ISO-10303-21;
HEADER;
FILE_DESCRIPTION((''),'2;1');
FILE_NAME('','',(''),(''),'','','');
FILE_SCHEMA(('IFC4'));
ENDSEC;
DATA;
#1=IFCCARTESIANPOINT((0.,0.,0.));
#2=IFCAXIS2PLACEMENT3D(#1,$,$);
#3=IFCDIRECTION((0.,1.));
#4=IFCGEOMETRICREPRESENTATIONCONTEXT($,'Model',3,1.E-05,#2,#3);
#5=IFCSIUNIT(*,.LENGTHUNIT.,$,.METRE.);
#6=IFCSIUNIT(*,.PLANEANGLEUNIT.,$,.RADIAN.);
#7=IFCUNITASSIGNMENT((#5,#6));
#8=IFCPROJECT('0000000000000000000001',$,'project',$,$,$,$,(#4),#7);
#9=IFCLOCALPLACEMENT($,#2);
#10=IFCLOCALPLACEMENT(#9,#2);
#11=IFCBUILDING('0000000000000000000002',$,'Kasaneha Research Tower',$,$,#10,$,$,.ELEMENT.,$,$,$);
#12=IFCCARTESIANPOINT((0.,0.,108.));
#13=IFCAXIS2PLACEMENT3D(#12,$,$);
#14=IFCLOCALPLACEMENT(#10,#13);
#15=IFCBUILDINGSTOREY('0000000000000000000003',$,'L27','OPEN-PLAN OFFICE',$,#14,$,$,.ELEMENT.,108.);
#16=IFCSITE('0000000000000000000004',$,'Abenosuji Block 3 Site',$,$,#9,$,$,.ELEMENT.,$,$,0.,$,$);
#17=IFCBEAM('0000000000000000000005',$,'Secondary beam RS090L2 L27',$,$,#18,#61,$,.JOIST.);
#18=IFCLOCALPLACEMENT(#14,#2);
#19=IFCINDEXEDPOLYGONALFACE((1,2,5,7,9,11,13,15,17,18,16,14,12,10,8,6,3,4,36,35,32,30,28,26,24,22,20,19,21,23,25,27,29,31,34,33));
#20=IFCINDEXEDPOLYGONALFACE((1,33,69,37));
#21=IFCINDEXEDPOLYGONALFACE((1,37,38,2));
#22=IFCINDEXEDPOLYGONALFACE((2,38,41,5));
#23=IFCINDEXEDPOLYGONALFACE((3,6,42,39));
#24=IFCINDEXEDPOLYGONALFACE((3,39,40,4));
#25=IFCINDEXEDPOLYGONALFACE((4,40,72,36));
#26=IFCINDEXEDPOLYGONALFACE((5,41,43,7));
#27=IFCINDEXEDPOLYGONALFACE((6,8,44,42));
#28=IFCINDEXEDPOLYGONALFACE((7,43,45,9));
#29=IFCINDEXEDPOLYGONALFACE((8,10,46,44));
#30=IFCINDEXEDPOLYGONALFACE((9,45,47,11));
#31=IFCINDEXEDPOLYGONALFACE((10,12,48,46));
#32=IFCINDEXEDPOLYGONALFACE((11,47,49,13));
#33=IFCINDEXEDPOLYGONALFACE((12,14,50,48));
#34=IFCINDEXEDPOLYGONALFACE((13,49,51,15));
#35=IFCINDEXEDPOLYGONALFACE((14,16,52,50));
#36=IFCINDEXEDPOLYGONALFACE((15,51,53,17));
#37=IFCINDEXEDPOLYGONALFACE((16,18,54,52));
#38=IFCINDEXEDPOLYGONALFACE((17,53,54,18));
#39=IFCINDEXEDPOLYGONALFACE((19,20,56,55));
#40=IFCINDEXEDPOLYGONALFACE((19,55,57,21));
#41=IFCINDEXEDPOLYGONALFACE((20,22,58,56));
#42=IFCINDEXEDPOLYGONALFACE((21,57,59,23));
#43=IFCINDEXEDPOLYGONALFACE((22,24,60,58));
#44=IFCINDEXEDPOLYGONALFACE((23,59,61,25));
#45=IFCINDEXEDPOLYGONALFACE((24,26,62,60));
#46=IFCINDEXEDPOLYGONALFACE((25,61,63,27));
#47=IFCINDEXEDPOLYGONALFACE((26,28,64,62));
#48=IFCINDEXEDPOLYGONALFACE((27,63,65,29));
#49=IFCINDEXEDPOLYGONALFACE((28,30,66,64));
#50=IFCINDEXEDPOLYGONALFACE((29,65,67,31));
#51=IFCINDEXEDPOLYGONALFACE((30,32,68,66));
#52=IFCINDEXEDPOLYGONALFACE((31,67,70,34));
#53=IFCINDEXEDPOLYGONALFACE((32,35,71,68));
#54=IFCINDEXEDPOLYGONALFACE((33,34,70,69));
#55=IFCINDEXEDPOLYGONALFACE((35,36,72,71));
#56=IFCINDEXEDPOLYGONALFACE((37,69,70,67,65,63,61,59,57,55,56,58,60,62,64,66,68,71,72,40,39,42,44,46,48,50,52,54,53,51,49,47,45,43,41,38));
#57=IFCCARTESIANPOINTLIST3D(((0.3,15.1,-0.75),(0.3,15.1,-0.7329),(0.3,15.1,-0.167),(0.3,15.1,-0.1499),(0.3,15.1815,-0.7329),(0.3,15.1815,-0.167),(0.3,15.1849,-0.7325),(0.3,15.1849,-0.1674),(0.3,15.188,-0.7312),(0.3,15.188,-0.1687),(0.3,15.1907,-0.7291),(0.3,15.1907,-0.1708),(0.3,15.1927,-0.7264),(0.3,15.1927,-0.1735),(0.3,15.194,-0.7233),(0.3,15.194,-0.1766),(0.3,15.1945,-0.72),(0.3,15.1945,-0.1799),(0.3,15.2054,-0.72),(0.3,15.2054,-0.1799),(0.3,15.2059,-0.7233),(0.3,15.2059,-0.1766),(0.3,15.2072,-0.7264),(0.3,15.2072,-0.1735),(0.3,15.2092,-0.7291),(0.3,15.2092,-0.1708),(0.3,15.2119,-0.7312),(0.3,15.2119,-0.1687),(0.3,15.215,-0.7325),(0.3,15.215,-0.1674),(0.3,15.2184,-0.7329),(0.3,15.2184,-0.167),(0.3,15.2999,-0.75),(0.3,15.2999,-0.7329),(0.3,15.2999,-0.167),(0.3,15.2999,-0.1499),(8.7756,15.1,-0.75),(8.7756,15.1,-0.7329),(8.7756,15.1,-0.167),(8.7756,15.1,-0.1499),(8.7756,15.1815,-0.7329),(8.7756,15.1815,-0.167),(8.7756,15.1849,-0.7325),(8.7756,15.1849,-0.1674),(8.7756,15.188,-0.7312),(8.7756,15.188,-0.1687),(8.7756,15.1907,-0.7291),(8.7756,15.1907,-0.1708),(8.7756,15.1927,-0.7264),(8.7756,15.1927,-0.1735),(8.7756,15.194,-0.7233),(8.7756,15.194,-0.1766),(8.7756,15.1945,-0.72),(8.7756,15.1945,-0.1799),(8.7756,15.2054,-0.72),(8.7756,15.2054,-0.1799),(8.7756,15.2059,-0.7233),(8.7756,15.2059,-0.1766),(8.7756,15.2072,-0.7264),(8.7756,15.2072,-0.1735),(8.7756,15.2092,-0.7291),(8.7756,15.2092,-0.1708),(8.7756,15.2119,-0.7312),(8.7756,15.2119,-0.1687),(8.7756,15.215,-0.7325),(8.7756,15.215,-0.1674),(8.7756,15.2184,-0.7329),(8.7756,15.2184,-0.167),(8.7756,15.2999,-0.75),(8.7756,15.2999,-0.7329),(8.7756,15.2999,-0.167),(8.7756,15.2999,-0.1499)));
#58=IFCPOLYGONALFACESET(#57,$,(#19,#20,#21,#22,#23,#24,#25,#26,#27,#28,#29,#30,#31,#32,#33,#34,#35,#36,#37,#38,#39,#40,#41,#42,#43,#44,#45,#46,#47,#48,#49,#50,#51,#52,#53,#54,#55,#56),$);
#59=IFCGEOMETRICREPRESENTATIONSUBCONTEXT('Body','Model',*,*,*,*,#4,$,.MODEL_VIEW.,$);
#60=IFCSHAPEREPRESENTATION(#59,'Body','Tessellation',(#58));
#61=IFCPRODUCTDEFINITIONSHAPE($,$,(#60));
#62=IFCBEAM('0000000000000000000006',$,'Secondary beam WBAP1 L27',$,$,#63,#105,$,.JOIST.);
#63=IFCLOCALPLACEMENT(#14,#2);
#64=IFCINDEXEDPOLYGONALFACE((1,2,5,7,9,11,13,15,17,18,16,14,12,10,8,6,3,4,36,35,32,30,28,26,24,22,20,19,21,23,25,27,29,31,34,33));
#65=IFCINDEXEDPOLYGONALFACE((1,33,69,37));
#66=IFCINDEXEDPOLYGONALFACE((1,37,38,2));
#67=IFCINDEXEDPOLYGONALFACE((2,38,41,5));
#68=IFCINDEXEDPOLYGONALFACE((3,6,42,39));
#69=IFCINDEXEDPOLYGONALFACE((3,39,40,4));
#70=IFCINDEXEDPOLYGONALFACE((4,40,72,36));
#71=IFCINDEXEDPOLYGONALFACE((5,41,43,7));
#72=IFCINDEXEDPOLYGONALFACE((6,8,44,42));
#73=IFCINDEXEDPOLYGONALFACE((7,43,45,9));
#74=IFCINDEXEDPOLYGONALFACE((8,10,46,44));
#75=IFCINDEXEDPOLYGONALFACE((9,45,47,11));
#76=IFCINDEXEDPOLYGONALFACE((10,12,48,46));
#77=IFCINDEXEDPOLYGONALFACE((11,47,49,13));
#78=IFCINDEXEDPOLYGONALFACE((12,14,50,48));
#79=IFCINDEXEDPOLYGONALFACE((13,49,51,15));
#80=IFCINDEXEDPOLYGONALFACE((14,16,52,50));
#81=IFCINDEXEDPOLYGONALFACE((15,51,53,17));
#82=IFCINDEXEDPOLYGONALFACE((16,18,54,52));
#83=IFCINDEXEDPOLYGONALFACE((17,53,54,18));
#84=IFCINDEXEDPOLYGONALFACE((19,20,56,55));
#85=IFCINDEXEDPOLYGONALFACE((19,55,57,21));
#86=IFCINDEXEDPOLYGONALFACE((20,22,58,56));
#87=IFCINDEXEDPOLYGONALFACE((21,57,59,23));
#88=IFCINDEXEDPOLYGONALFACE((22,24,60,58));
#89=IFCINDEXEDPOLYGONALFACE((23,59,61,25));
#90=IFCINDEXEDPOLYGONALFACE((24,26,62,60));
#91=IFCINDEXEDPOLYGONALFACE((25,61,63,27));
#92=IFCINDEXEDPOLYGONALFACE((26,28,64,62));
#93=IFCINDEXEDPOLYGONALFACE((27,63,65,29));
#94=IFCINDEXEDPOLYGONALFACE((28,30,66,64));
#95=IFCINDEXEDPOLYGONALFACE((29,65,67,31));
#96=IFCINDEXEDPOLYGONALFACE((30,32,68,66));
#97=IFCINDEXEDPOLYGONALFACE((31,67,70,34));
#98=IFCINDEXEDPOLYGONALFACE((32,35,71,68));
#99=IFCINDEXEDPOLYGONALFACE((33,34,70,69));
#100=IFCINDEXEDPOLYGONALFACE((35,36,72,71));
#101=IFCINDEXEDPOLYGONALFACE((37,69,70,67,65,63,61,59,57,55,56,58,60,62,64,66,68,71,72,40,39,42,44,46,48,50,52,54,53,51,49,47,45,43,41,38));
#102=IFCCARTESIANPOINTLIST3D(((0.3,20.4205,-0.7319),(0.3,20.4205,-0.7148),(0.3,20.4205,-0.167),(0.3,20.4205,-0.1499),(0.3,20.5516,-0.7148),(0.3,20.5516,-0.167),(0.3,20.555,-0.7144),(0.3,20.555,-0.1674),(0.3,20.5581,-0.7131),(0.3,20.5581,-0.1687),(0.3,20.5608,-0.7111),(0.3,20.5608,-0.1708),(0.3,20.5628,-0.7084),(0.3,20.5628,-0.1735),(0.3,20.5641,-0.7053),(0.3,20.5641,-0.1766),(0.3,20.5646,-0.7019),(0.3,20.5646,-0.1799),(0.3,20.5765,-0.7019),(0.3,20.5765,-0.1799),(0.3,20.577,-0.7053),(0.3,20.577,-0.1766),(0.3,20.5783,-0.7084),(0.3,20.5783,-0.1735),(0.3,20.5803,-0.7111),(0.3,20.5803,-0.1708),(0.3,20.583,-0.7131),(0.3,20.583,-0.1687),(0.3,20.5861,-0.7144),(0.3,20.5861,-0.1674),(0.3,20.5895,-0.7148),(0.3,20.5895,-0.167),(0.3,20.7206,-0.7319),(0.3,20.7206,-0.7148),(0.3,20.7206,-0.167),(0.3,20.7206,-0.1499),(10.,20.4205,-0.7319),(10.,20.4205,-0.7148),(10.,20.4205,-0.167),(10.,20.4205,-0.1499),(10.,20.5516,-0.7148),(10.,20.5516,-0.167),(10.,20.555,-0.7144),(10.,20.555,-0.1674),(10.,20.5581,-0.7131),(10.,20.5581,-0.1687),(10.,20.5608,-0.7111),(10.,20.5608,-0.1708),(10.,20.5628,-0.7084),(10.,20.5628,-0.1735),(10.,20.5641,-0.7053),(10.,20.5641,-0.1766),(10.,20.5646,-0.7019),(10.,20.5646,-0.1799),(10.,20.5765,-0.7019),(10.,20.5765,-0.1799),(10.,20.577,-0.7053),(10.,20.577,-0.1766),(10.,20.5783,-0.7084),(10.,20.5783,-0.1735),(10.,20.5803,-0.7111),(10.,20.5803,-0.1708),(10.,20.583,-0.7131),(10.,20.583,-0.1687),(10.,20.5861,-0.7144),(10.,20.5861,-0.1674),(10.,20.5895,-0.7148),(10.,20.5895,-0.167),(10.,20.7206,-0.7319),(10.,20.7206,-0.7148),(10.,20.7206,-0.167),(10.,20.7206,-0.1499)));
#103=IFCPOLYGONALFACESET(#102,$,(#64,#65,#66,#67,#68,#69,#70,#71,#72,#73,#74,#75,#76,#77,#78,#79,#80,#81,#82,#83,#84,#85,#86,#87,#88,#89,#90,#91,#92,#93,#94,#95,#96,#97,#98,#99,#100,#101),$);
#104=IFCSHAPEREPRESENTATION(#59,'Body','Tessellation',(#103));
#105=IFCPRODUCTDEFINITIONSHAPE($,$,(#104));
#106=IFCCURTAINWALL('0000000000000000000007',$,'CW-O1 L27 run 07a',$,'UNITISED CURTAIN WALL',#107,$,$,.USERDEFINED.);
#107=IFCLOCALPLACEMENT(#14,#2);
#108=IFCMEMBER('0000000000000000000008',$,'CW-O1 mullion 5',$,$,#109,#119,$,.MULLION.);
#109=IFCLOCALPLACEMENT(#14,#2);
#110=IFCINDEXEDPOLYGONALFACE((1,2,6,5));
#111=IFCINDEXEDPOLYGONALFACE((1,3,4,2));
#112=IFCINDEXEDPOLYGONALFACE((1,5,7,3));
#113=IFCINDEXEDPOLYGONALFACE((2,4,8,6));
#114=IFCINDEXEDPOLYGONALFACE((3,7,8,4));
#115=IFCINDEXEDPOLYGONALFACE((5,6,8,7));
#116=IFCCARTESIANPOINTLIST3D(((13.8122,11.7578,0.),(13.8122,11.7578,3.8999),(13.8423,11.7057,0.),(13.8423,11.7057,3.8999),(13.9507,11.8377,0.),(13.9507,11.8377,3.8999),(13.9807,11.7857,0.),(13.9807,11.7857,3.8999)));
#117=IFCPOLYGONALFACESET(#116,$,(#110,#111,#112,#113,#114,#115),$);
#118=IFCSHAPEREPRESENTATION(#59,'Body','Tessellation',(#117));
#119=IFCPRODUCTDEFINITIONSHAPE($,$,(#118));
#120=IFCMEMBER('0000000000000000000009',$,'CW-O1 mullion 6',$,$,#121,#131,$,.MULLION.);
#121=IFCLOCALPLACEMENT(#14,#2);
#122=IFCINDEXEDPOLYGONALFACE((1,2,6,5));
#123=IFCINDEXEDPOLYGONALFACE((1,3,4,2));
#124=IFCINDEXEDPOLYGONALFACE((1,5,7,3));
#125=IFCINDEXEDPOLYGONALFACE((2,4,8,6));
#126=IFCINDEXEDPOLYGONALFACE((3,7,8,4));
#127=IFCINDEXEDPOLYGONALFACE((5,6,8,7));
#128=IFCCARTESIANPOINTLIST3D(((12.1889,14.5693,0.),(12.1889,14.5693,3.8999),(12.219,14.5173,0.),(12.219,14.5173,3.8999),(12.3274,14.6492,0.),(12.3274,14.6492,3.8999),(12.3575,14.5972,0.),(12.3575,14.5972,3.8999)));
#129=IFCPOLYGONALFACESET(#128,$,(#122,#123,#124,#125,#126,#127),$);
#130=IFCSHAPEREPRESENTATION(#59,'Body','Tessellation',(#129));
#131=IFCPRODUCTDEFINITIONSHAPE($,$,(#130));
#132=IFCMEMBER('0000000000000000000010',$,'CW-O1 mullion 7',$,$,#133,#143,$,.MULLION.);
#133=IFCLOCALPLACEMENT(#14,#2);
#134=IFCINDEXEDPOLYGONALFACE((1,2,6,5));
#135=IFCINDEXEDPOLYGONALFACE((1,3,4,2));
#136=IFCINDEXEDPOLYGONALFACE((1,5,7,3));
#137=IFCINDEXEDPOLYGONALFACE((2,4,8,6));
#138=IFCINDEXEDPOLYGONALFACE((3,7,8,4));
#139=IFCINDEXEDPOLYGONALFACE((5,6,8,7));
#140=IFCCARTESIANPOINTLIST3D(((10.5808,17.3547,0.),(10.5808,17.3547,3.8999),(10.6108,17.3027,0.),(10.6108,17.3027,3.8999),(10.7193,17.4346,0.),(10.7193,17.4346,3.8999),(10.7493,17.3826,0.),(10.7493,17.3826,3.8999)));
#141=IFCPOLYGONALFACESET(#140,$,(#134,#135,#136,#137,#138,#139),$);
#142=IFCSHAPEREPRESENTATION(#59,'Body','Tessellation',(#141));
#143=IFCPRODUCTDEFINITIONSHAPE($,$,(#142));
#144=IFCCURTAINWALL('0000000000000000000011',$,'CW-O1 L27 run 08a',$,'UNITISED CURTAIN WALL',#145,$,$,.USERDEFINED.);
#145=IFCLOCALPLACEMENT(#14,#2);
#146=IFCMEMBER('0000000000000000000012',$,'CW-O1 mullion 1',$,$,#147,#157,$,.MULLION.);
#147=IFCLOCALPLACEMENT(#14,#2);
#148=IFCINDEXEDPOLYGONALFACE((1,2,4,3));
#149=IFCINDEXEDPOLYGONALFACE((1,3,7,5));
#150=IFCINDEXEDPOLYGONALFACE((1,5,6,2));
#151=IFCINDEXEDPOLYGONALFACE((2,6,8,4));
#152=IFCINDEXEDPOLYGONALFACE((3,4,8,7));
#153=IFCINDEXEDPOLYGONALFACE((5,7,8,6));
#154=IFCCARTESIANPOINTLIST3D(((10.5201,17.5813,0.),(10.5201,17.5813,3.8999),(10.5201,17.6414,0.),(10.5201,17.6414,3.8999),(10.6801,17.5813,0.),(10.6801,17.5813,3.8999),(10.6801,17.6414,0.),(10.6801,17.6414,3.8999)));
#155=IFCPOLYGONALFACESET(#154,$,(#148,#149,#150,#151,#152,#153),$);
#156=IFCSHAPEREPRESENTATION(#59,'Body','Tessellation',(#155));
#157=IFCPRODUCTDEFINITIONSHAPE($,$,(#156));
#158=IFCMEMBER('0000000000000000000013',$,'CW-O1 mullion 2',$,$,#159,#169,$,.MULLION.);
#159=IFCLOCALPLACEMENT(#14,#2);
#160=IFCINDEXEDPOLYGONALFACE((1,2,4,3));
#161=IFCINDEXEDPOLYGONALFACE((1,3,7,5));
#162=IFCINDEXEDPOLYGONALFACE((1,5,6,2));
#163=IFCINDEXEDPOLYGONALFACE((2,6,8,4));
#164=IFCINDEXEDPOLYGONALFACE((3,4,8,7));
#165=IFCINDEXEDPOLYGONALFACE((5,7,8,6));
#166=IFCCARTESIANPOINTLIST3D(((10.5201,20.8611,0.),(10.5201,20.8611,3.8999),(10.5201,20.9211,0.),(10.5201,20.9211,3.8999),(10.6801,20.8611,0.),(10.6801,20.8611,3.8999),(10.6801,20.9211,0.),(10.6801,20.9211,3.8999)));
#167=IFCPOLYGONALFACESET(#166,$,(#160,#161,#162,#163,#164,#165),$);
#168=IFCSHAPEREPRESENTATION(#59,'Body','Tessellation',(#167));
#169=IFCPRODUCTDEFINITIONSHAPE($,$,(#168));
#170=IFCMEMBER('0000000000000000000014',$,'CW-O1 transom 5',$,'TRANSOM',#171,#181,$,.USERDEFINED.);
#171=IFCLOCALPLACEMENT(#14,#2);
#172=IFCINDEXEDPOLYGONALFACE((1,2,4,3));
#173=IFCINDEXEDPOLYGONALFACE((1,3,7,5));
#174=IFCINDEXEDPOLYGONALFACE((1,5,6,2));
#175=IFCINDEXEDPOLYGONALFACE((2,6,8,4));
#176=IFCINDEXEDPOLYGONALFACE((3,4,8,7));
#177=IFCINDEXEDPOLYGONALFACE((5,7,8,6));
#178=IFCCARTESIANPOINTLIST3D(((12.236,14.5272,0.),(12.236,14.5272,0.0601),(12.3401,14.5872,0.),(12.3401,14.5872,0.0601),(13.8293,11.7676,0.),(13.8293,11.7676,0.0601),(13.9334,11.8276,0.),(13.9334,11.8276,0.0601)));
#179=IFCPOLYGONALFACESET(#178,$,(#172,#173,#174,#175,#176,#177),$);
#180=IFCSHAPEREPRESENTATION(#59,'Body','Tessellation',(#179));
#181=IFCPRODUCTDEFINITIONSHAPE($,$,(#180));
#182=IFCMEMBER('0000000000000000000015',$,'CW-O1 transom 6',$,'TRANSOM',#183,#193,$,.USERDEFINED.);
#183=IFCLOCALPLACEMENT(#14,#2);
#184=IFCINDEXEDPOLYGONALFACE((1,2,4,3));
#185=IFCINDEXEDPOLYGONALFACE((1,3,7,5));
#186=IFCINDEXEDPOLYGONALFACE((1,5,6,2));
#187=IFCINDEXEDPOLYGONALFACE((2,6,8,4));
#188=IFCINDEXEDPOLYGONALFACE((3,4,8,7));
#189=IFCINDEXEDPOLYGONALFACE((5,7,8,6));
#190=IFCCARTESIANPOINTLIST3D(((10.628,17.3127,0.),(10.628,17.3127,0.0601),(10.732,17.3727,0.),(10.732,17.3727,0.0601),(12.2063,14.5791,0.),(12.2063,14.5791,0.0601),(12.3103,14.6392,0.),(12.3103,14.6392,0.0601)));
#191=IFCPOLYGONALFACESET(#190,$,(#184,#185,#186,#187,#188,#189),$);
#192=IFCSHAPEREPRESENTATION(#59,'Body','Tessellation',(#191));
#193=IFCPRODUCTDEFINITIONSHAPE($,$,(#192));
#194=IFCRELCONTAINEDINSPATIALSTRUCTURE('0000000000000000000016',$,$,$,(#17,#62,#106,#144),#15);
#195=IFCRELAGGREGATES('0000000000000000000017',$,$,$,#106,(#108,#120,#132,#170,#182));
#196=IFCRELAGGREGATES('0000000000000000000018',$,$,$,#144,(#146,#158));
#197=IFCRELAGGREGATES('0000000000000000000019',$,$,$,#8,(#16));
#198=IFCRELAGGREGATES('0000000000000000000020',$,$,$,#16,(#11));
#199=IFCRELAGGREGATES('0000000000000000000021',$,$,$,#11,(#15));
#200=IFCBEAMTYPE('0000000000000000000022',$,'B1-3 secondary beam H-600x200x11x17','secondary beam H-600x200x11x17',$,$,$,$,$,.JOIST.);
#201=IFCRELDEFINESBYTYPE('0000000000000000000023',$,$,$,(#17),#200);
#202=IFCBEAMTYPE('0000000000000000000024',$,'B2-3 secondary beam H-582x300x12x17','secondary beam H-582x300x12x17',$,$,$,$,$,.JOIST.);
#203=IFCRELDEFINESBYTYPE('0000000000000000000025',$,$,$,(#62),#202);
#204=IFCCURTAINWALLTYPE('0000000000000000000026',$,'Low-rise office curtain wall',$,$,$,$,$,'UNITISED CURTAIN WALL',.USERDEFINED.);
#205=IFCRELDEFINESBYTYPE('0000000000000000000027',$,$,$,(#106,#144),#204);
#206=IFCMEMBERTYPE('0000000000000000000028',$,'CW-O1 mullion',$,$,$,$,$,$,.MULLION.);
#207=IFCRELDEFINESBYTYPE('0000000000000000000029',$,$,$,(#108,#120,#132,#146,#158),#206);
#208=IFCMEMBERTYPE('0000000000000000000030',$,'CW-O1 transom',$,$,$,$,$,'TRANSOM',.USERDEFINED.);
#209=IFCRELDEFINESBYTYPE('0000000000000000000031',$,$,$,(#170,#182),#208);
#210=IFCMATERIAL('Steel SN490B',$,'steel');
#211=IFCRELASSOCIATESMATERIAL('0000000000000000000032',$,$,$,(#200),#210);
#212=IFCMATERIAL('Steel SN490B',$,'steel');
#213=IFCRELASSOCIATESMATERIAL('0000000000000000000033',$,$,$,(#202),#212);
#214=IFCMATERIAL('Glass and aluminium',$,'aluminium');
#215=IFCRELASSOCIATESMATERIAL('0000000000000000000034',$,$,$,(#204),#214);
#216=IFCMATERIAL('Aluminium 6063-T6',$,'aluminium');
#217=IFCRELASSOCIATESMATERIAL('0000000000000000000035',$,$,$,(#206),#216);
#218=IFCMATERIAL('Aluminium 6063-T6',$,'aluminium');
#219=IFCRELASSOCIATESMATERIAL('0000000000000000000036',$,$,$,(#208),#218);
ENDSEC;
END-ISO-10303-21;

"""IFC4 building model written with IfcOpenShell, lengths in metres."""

from ifc_helpers import new_model, si_unit, direction, frame, origin, origin_2d, place, context, subcontext, project, spatial, rectangle, i_section, extrude, material, material_profile, profile_set, type_object, element, aggregate, save


model = new_model("IFC4")

# Units and contexts
model_context = context("Model", 3, precision=1e-05, world=origin(), true_north=direction((0.0, 1.0)))
body_context = subcontext(model_context, "Body", "Model", "MODEL_VIEW")
ifc_project = project(units=[si_unit("LENGTHUNIT", "METRE"), si_unit("PLANEANGLEUNIT", "RADIAN")], contexts=[model_context])

# Site, building, storey
site_placement = place(None, origin())
site = spatial("IfcSite", under=ifc_project, at=site_placement, Name="Abenosuji Block 3 Site", CompositionType="ELEMENT", RefElevation=0.0)
building_placement = place(site_placement, origin())
building = spatial("IfcBuilding", under=site, at=building_placement, Name="Kasaneha Research Tower", CompositionType="ELEMENT")
storey_placement = place(building_placement, frame((0.0, 0.0, 108.0)))
storey = spatial("IfcBuildingStorey", under=building, at=storey_placement, Name="L27", Description="OPEN-PLAN OFFICE", CompositionType="ELEMENT", Elevation=108.0)

# Beams
ifc_material_1 = material(Name="Steel SN490B", Category="steel")
ifc_material_profile_1 = material_profile(ifc_material_1, i_section(OverallWidth=0.2, OverallDepth=0.6001, WebThickness=0.011, FlangeThickness=0.0171, FilletRadius=0.0129, at=origin_2d()), Name="H-600x200x11x17")
ifc_profile_set_1 = profile_set([ifc_material_profile_1], Name="Steel SN490B")
beam_type_1 = type_object("IfcBeamType", Name="B1-3 secondary beam H-600x200x11x17", Description="secondary beam H-600x200x11x17", PredefinedType="JOIST", material=ifc_profile_set_1)
beam_1_placement = place(storey_placement, frame((8.7756, 15.2, -0.45), z_axis=(-1.0, 0.0, 0.0), x_axis=(0.0, -1.0, 0.0)))
element("IfcBeam", 1, at=beam_1_placement, inside=storey, type_object=beam_type_1, Name="Secondary beam RS090L2 L27", PredefinedType="JOIST", context=body_context, shape_type="SweptSolid", body=[
    extrude(i_section(OverallWidth=0.2, OverallDepth=0.6001, WebThickness=0.011, FlangeThickness=0.0171, FilletRadius=0.0129, at=origin_2d()), origin(), (0.0, 0.0, 1.0), 8.4756),
])
ifc_material_2 = material(Name="Steel SN490B", Category="steel")
ifc_material_profile_2 = material_profile(ifc_material_2, i_section(OverallWidth=0.3, OverallDepth=0.582, WebThickness=0.012, FlangeThickness=0.0171, FilletRadius=0.0129, at=origin_2d()), Name="H-582x300x12x17")
ifc_profile_set_2 = profile_set([ifc_material_profile_2], Name="Steel SN490B")
beam_type_2 = type_object("IfcBeamType", Name="B2-3 secondary beam H-582x300x12x17", Description="secondary beam H-582x300x12x17", PredefinedType="JOIST", material=ifc_profile_set_2)
beam_2_placement = place(storey_placement, frame((10.0, 20.5706, -0.4409), z_axis=(-1.0, 0.0, 0.0), x_axis=(0.0, -1.0, 0.0)))
element("IfcBeam", 2, at=beam_2_placement, inside=storey, type_object=beam_type_2, Name="Secondary beam WBAP1 L27", PredefinedType="JOIST", context=body_context, shape_type="SweptSolid", body=[
    extrude(i_section(OverallWidth=0.3, OverallDepth=0.582, WebThickness=0.012, FlangeThickness=0.0171, FilletRadius=0.0129, at=origin_2d()), origin(), (0.0, 0.0, 1.0), 9.7),
])

# Curtain walls, members
ifc_material_3 = material(Name="Glass and aluminium", Category="aluminium")
curtain_wall_type = type_object("IfcCurtainWallType", Name="Low-rise office curtain wall", ElementType="UNITISED CURTAIN WALL", PredefinedType="USERDEFINED", material=ifc_material_3)
curtain_wall_1_placement = place(storey_placement, origin())
curtain_wall_1 = element("IfcCurtainWall", 3, at=curtain_wall_1_placement, inside=storey, type_object=curtain_wall_type, Name="CW-O1 L27 run 07a", ObjectType="UNITISED CURTAIN WALL", PredefinedType="USERDEFINED")
ifc_material_4 = material(Name="Aluminium 6063-T6", Category="aluminium")
ifc_material_profile_3 = material_profile(ifc_material_4, rectangle(XDim=0.0601, YDim=0.1599, at=origin_2d()), Name="CW-O1 mullion 60x160")
ifc_profile_set_3 = profile_set([ifc_material_profile_3], Name="Aluminium 6063-T6")
member_type_1 = type_object("IfcMemberType", Name="CW-O1 mullion", PredefinedType="MULLION", material=ifc_profile_set_3)
member_1_placement = place(storey_placement, frame((13.8965, 11.7717, 0.0), z_axis=(0.0, 0.0, 1.0), x_axis=(-0.5, 0.866025, 0.0)))
member_1 = element("IfcMember", 4, at=member_1_placement, type_object=member_type_1, Name="CW-O1 mullion 5", PredefinedType="MULLION", context=body_context, shape_type="SweptSolid", body=[
    extrude(rectangle(XDim=0.0601, YDim=0.1599, at=origin_2d()), origin(), (0.0, 0.0, 1.0), 3.8999),
])
member_2_placement = place(storey_placement, frame((12.2732, 14.5833, 0.0), z_axis=(0.0, 0.0, 1.0), x_axis=(-0.5, 0.866025, 0.0)))
member_2 = element("IfcMember", 5, at=member_2_placement, type_object=member_type_1, Name="CW-O1 mullion 6", PredefinedType="MULLION", context=body_context, shape_type="SweptSolid", body=[
    extrude(rectangle(XDim=0.0601, YDim=0.1599, at=origin_2d()), origin(), (0.0, 0.0, 1.0), 3.8999),
])
member_3_placement = place(storey_placement, frame((10.665, 17.3687, 0.0), z_axis=(0.0, 0.0, 1.0), x_axis=(-0.5, 0.866025, 0.0)))
member_3 = element("IfcMember", 6, at=member_3_placement, type_object=member_type_1, Name="CW-O1 mullion 7", PredefinedType="MULLION", context=body_context, shape_type="SweptSolid", body=[
    extrude(rectangle(XDim=0.0601, YDim=0.1599, at=origin_2d()), origin(), (0.0, 0.0, 1.0), 3.8999),
])
curtain_wall_2_placement = place(storey_placement, origin())
curtain_wall_2 = element("IfcCurtainWall", 7, at=curtain_wall_2_placement, inside=storey, type_object=curtain_wall_type, Name="CW-O1 L27 run 08a", ObjectType="UNITISED CURTAIN WALL", PredefinedType="USERDEFINED")
member_4_placement = place(storey_placement, frame((10.6001, 17.6113, 0.0), z_axis=(0.0, 0.0, 1.0), x_axis=(0.0, 1.0, 0.0)))
member_4 = element("IfcMember", 8, at=member_4_placement, type_object=member_type_1, Name="CW-O1 mullion 1", PredefinedType="MULLION", context=body_context, shape_type="SweptSolid", body=[
    extrude(rectangle(XDim=0.0601, YDim=0.1599, at=origin_2d()), origin(), (0.0, 0.0, 1.0), 3.8999),
])
member_5_placement = place(storey_placement, frame((10.6001, 20.8911, 0.0), z_axis=(0.0, 0.0, 1.0), x_axis=(0.0, 1.0, 0.0)))
member_5 = element("IfcMember", 9, at=member_5_placement, type_object=member_type_1, Name="CW-O1 mullion 2", PredefinedType="MULLION", context=body_context, shape_type="SweptSolid", body=[
    extrude(rectangle(XDim=0.0601, YDim=0.1599, at=origin_2d()), origin(), (0.0, 0.0, 1.0), 3.8999),
])

# Members
ifc_material_5 = material(Name="Aluminium 6063-T6", Category="aluminium")
ifc_material_profile_4 = material_profile(ifc_material_5, rectangle(XDim=0.1201, YDim=0.0601, at=origin_2d()), Name="CW-O1 transom 120x60")
ifc_profile_set_4 = profile_set([ifc_material_profile_4], Name="Aluminium 6063-T6")
member_type_2 = type_object("IfcMemberType", Name="CW-O1 transom", ElementType="TRANSOM", PredefinedType="USERDEFINED", material=ifc_profile_set_4)
member_6_placement = place(storey_placement, frame((13.8813, 11.7976, 0.03), z_axis=(-0.500012, 0.866018, 0.0), x_axis=(-0.866018, -0.500012, 0.0)))
member_6 = element("IfcMember", 10, at=member_6_placement, type_object=member_type_2, Name="CW-O1 transom 5", ObjectType="TRANSOM", PredefinedType="USERDEFINED", context=body_context, shape_type="SweptSolid", body=[
    extrude(rectangle(XDim=0.1201, YDim=0.0601, at=origin_2d()), origin(), (0.0, 0.0, 1.0), 3.1865),
])
member_7_placement = place(storey_placement, frame((12.2583, 14.6091, 0.03), z_axis=(-0.500024, 0.866012, 0.0), x_axis=(-0.866012, -0.500024, 0.0)))
member_7 = element("IfcMember", 11, at=member_7_placement, type_object=member_type_2, Name="CW-O1 transom 6", ObjectType="TRANSOM", PredefinedType="USERDEFINED", context=body_context, shape_type="SweptSolid", body=[
    extrude(rectangle(XDim=0.1201, YDim=0.0601, at=origin_2d()), origin(), (0.0, 0.0, 1.0), 3.1565),
])

aggregate(curtain_wall_1, [member_1, member_2, member_3, member_6, member_7])
aggregate(curtain_wall_2, [member_4, member_5])

save(model, "model.ifc")
